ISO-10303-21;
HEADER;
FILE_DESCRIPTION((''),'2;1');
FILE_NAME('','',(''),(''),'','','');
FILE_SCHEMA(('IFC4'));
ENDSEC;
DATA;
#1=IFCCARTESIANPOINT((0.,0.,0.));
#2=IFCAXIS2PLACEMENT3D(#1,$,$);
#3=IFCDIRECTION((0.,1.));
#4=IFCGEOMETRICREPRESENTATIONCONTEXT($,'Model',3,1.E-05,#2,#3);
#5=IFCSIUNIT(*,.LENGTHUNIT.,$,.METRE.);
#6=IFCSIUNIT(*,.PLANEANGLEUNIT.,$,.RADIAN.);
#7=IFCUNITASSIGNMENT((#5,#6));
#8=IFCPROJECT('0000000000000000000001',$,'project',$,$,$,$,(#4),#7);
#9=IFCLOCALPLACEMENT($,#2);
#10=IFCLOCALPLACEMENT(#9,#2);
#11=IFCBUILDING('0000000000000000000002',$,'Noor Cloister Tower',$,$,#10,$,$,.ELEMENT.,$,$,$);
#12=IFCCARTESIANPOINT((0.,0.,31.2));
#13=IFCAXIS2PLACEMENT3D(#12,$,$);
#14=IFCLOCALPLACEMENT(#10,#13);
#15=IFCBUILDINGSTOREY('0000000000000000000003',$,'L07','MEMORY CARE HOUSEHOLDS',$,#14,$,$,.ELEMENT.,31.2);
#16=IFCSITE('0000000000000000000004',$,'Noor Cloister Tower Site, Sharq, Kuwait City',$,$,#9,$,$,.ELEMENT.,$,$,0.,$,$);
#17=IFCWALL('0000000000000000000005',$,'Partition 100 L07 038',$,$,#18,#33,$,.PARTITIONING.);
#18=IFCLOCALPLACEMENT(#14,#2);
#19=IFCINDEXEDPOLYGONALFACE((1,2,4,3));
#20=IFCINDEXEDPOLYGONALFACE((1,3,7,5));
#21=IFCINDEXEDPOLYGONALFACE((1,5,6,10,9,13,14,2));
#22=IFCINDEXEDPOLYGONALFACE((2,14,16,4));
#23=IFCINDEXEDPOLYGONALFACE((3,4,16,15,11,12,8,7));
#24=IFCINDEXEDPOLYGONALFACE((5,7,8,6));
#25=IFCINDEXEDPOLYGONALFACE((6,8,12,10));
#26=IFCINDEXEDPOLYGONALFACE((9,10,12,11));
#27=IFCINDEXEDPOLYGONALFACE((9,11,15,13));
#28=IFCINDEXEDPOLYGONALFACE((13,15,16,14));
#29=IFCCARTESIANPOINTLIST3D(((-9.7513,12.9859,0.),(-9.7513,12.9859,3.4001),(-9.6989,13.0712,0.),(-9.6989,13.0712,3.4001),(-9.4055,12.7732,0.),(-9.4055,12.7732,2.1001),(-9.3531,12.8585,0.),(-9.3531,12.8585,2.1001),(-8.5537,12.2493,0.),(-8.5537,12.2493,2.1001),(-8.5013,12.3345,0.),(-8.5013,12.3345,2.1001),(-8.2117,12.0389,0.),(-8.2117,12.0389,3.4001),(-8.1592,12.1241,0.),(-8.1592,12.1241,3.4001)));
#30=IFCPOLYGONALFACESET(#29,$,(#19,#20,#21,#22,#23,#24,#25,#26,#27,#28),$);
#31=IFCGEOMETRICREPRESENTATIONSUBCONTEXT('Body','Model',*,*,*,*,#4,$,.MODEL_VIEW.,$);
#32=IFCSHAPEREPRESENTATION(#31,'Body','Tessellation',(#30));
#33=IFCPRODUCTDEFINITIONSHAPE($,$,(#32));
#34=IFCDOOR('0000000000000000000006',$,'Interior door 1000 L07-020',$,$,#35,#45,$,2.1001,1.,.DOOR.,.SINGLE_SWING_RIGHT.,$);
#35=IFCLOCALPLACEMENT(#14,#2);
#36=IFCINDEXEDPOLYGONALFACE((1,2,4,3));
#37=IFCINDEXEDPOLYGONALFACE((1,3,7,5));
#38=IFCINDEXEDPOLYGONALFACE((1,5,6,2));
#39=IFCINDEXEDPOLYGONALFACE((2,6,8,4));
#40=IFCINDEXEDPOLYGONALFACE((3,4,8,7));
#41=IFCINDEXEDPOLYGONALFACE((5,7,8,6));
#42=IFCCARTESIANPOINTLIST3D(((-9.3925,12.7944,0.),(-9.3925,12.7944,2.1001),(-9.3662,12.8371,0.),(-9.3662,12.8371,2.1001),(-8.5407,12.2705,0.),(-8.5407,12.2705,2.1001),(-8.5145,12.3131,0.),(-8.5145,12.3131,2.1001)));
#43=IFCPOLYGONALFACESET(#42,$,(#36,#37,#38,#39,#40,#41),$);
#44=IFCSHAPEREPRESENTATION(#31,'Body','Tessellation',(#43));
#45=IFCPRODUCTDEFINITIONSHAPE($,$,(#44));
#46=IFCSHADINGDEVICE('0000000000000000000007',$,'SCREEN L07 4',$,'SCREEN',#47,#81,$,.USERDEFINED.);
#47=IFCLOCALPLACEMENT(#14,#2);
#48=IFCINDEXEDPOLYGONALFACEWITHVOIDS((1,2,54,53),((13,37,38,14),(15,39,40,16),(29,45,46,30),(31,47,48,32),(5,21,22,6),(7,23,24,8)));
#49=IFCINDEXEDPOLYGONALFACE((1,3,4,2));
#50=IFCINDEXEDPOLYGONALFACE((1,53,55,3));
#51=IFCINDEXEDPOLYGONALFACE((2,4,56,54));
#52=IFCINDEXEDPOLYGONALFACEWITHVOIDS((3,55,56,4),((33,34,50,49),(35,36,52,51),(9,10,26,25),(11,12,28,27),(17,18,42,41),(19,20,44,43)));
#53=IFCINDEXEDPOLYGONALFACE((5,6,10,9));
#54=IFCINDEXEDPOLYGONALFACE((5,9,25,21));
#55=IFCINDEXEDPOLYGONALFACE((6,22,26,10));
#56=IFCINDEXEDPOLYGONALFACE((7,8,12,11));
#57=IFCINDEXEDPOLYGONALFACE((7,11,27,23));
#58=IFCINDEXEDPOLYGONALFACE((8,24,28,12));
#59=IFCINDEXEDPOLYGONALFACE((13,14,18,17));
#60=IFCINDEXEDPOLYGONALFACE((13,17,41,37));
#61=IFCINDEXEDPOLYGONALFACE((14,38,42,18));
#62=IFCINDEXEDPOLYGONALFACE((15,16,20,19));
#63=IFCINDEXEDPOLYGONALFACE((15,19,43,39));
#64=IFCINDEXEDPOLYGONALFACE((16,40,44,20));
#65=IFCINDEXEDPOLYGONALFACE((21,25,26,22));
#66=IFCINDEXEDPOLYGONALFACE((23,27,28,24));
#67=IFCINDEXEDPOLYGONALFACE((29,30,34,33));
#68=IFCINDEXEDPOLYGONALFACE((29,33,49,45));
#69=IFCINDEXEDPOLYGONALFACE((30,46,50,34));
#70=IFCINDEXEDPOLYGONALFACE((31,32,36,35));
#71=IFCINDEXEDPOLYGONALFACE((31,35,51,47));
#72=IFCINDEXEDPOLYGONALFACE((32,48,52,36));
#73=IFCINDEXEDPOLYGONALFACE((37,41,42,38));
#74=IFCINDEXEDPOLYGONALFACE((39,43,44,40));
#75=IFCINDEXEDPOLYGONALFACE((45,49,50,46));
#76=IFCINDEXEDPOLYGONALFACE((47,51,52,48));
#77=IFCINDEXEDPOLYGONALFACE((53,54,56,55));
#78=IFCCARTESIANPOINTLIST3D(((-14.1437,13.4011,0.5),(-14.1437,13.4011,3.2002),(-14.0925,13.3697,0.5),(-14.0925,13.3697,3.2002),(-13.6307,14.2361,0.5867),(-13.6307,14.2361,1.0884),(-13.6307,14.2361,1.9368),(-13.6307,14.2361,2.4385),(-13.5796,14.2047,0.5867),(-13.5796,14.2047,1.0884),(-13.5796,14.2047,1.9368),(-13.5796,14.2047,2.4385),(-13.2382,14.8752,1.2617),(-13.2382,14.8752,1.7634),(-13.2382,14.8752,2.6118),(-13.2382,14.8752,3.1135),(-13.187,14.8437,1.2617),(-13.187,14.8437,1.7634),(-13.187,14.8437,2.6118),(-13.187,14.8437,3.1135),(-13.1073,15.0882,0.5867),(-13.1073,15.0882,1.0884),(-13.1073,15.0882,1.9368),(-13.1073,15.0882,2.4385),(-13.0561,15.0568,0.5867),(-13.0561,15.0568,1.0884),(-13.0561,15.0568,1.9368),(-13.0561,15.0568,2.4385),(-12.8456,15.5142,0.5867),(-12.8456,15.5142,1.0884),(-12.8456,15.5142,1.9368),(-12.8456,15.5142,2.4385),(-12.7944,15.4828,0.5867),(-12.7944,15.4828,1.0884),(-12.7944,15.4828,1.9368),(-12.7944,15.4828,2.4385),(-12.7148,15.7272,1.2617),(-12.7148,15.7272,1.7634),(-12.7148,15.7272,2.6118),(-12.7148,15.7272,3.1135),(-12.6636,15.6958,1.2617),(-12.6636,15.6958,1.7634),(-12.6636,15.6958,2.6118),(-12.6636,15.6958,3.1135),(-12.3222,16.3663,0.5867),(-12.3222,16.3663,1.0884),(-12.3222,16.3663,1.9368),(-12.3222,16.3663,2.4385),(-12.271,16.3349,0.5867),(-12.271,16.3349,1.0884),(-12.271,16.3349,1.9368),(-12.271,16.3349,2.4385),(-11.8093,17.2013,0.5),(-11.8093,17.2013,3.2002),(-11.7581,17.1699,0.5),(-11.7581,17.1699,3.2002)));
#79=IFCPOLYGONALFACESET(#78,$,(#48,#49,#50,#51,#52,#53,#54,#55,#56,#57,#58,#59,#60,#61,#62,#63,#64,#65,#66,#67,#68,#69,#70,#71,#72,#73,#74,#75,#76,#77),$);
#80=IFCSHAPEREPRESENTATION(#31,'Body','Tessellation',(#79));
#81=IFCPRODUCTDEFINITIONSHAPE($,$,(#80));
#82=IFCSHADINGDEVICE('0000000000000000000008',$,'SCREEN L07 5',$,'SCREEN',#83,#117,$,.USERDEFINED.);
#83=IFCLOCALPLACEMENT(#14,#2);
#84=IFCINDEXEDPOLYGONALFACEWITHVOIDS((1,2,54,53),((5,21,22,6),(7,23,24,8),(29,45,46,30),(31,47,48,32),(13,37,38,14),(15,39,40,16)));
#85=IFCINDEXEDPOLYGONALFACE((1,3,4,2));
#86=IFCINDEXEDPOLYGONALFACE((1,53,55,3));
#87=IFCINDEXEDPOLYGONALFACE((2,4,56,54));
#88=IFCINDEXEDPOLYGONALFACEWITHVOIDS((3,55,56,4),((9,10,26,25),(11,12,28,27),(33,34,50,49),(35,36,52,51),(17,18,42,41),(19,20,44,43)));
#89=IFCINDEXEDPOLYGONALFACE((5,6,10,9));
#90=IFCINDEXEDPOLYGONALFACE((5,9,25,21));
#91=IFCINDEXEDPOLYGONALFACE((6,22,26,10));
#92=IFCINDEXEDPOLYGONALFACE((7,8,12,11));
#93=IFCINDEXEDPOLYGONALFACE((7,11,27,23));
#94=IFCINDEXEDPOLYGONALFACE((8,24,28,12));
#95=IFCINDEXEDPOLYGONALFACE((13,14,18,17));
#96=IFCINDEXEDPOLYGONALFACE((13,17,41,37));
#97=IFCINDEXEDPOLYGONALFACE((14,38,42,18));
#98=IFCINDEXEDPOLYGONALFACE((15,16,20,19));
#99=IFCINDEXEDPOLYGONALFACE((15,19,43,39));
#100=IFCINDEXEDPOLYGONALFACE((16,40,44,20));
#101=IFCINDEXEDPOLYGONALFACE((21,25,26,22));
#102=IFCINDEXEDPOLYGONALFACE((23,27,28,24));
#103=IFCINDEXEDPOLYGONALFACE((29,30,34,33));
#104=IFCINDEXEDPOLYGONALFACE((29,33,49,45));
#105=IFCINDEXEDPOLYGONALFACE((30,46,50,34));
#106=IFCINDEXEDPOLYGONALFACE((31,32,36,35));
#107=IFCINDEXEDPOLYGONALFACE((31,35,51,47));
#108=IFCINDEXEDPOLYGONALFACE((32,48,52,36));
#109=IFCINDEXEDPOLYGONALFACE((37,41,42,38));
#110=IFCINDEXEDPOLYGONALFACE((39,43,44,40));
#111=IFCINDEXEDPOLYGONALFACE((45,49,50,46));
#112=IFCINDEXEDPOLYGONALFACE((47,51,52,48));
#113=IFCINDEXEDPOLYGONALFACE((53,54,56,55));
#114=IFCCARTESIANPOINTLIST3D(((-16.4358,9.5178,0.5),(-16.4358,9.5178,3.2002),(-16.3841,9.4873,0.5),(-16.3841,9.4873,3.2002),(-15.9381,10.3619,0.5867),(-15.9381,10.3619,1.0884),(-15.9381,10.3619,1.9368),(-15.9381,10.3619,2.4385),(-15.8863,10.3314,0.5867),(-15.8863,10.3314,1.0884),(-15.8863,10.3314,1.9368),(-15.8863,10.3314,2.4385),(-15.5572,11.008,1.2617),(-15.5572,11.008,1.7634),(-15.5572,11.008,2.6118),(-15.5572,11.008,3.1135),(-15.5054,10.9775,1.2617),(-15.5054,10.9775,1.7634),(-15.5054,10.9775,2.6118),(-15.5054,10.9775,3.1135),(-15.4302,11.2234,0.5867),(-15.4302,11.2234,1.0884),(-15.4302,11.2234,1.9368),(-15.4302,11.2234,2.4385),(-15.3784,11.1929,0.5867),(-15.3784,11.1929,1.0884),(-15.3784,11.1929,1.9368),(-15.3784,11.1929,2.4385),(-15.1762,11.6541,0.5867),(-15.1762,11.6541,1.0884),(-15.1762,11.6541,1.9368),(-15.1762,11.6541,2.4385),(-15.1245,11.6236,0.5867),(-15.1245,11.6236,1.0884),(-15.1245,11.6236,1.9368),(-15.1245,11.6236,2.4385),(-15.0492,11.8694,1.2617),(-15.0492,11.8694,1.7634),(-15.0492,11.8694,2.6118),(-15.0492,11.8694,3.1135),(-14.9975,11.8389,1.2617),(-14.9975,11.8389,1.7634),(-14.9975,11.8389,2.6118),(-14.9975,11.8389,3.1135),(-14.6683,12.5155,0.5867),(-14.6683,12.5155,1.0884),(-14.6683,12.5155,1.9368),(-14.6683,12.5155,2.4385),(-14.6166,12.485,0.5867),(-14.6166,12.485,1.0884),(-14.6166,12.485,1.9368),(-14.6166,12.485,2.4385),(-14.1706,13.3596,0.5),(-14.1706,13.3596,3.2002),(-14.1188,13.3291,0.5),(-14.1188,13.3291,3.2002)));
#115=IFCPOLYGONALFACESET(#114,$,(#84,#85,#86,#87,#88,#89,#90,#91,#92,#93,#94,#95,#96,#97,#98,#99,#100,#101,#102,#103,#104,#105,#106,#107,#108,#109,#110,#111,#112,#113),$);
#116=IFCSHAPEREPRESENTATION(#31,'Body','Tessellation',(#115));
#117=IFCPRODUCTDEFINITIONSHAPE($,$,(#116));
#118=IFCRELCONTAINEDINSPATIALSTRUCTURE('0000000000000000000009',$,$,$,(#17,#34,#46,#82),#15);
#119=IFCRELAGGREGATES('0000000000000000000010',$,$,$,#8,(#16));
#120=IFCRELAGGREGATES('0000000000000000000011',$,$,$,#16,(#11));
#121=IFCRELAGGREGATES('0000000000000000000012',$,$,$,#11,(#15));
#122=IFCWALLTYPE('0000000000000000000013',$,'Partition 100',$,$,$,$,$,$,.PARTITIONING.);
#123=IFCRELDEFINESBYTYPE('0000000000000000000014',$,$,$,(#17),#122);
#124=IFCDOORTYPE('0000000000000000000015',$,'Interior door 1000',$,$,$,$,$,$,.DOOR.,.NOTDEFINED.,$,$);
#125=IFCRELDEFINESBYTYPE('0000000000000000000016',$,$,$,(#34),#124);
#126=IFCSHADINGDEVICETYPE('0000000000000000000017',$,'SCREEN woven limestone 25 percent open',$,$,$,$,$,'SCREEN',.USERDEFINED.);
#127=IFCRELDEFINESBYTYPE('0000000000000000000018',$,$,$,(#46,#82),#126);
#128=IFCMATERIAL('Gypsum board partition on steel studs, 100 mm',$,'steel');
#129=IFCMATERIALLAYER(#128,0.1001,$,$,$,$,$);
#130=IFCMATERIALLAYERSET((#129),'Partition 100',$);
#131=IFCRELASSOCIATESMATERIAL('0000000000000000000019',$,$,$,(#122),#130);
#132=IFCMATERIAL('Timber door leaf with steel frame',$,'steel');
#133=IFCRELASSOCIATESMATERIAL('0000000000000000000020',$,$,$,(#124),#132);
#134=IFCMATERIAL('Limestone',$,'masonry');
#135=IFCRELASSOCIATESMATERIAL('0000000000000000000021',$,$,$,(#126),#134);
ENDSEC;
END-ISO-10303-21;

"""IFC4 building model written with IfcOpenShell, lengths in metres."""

from ifc_helpers import new_model, si_unit, direction, frame, frame_2d, origin, place, context, subcontext, project, spatial, polyline, rectangle, outline, extrude, material, layer, layer_set, material_profile, profile_set, type_object, element, fill, save


model = new_model("IFC4")

# Units and contexts
model_context = context("Model", 3, precision=1e-05, world=origin(), true_north=direction((0.0, 1.0)))
body_context = subcontext(model_context, "Body", "Model", "MODEL_VIEW")
ifc_project = project(units=[si_unit("LENGTHUNIT", "METRE"), si_unit("PLANEANGLEUNIT", "RADIAN")], contexts=[model_context])

# Site, building, storey
site_placement = place(None, origin())
site = spatial("IfcSite", under=ifc_project, at=site_placement, Name="Noor Cloister Tower Site, Sharq, Kuwait City", CompositionType="ELEMENT", RefElevation=0.0)
building_placement = place(site_placement, origin())
building = spatial("IfcBuilding", under=site, at=building_placement, Name="Noor Cloister Tower", CompositionType="ELEMENT")
storey_placement = place(building_placement, frame((0.0, 0.0, 31.2)))
storey = spatial("IfcBuildingStorey", under=building, at=storey_placement, Name="L07", Description="MEMORY CARE HOUSEHOLDS", CompositionType="ELEMENT", Elevation=31.2)

# Shared definitions
ifc_material_1 = material(Name="Gypsum board partition on steel studs, 100 mm", Category="steel")
ifc_layer_1 = layer(ifc_material_1, 0.1001)
ifc_layer_set_1 = layer_set([ifc_layer_1], Name="Partition 100")
wall_type_1 = type_object("IfcWallType", Name="Partition 100", PredefinedType="PARTITIONING", material=ifc_layer_set_1)

# Wall, opening, door
wall_1_placement = place(storey_placement, frame((-9.7251, 13.0286, 0.0), z_axis=(0.0, 0.0, 1.0), x_axis=(0.851756, -0.523939, 0.0)))
wall_1 = element("IfcWall", 1, at=wall_1_placement, inside=storey, type_object=wall_type_1, Name="Partition 100 L07 038", PredefinedType="PARTITIONING", context=body_context, shape_type="SweptSolid", body=[
    extrude(rectangle(XDim=1.8076, YDim=0.1001, at=frame_2d((0.9038, 0.0))), origin(), (0.0, 0.0, 1.0), 3.4001),
])
opening_1_placement = place(wall_1_placement, frame((0.406, 0.0, 0.0)))
opening_1 = element("IfcOpeningElement", 2, at=opening_1_placement, cuts=wall_1, PredefinedType="OPENING", context=body_context, shape_type="SweptSolid", body=[
    extrude(rectangle(XDim=1.0, YDim=2.1001, at=frame_2d((0.5, 1.05))), frame((0.0, 0.0601, 0.0), z_axis=(0.0, -1.0, 0.0), x_axis=(1.0, 0.0, 0.0)), (0.0, 0.0, 1.0), 0.1201),
])
ifc_material_2 = material(Name="Timber door leaf with steel frame", Category="steel")
door_type_1 = type_object("IfcDoorType", Name="Interior door 1000", OperationType="NOTDEFINED", PredefinedType="DOOR", material=ifc_material_2)
door_1_placement = place(opening_1_placement, origin())
door_1 = element("IfcDoor", 3, at=door_1_placement, inside=storey, type_object=door_type_1, Name="Interior door 1000 L07-020", OperationType="SINGLE_SWING_RIGHT", OverallHeight=2.1001, OverallWidth=1.0, PredefinedType="DOOR", context=body_context, shape_type="SweptSolid", body=[
    extrude(rectangle(XDim=1.0, YDim=2.1001, at=frame_2d((0.5, 1.05))), frame((0.0, 0.0249, 0.0), z_axis=(0.0, -1.0, 0.0), x_axis=(1.0, 0.0, 0.0)), (0.0, 0.0, 1.0), 0.05),
])
fill(opening_1, door_1)

# Shading devices
ifc_material_3 = material(Name="Limestone", Category="masonry")
ifc_material_profile_1 = material_profile(ifc_material_3, outline(polyline([(-2.23, -1.3501), (2.23, -1.3501), (2.23, 1.3501), (-2.23, 1.3501), (-2.23, -1.3501)]), holes=[polyline([(-1.25, -1.2634), (-0.25, -1.2634), (-0.25, -0.7617), (-1.25, -0.7617), (-1.25, -1.2634)]), polyline([(0.25, -1.2634), (1.25, -1.2634), (1.25, -0.7617), (0.25, -0.7617), (0.25, -1.2634)]), polyline([(-0.5, -0.5884), (0.5, -0.5884), (0.5, -0.0867), (-0.5, -0.0867), (-0.5, -0.5884)]), polyline([(-1.25, 0.0867), (-0.25, 0.0867), (-0.25, 0.5884), (-1.25, 0.5884), (-1.25, 0.0867)]), polyline([(0.25, 0.0867), (1.25, 0.0867), (1.25, 0.5884), (0.25, 0.5884), (0.25, 0.0867)]), polyline([(-0.5, 0.7617), (0.5, 0.7617), (0.5, 1.2634), (-0.5, 1.2634), (-0.5, 0.7617)])]), Name="Woven screen 25 percent open")
ifc_profile_set_1 = profile_set([ifc_material_profile_1], Name="Limestone")
shading_device_type = type_object("IfcShadingDeviceType", Name="SCREEN woven limestone 25 percent open", ElementType="SCREEN", PredefinedType="USERDEFINED", material=ifc_profile_set_1)
for number, where, z_axis, x_axis, name in (
    (4, (-12.9253, 15.2698, 1.8501), (-0.852076, 0.523418, 0.0), (-0.523418, -0.852076, 0.0), "SCREEN L07 4"),
    (5, (-15.2515, 11.4082, 1.8501), (-0.861411, 0.507908, 0.0), (-0.507908, -0.861411, 0.0), "SCREEN L07 5"),
):
    element("IfcShadingDevice", number, at=place(storey_placement, frame(where, z_axis=z_axis, x_axis=x_axis)), inside=storey, type_object=shading_device_type, Name=name, ObjectType="SCREEN", PredefinedType="USERDEFINED", context=body_context, shape_type="SweptSolid", body=[
        extrude(outline(polyline([(-2.23, -1.3501), (2.23, -1.3501), (2.23, 1.3501), (-2.23, 1.3501), (-2.23, -1.3501)]), holes=[polyline([(-1.25, -1.2634), (-0.25, -1.2634), (-0.25, -0.7617), (-1.25, -0.7617), (-1.25, -1.2634)]), polyline([(0.25, -1.2634), (1.25, -1.2634), (1.25, -0.7617), (0.25, -0.7617), (0.25, -1.2634)]), polyline([(-0.5, -0.5884), (0.5, -0.5884), (0.5, -0.0867), (-0.5, -0.0867), (-0.5, -0.5884)]), polyline([(-1.25, 0.0867), (-0.25, 0.0867), (-0.25, 0.5884), (-1.25, 0.5884), (-1.25, 0.0867)]), polyline([(0.25, 0.0867), (1.25, 0.0867), (1.25, 0.5884), (0.25, 0.5884), (0.25, 0.0867)]), polyline([(-0.5, 0.7617), (0.5, 0.7617), (0.5, 1.2634), (-0.5, 1.2634), (-0.5, 0.7617)])]), origin(), (0.0, 0.0, 1.0), 0.0601),
    ])

save(model, "model.ifc")
